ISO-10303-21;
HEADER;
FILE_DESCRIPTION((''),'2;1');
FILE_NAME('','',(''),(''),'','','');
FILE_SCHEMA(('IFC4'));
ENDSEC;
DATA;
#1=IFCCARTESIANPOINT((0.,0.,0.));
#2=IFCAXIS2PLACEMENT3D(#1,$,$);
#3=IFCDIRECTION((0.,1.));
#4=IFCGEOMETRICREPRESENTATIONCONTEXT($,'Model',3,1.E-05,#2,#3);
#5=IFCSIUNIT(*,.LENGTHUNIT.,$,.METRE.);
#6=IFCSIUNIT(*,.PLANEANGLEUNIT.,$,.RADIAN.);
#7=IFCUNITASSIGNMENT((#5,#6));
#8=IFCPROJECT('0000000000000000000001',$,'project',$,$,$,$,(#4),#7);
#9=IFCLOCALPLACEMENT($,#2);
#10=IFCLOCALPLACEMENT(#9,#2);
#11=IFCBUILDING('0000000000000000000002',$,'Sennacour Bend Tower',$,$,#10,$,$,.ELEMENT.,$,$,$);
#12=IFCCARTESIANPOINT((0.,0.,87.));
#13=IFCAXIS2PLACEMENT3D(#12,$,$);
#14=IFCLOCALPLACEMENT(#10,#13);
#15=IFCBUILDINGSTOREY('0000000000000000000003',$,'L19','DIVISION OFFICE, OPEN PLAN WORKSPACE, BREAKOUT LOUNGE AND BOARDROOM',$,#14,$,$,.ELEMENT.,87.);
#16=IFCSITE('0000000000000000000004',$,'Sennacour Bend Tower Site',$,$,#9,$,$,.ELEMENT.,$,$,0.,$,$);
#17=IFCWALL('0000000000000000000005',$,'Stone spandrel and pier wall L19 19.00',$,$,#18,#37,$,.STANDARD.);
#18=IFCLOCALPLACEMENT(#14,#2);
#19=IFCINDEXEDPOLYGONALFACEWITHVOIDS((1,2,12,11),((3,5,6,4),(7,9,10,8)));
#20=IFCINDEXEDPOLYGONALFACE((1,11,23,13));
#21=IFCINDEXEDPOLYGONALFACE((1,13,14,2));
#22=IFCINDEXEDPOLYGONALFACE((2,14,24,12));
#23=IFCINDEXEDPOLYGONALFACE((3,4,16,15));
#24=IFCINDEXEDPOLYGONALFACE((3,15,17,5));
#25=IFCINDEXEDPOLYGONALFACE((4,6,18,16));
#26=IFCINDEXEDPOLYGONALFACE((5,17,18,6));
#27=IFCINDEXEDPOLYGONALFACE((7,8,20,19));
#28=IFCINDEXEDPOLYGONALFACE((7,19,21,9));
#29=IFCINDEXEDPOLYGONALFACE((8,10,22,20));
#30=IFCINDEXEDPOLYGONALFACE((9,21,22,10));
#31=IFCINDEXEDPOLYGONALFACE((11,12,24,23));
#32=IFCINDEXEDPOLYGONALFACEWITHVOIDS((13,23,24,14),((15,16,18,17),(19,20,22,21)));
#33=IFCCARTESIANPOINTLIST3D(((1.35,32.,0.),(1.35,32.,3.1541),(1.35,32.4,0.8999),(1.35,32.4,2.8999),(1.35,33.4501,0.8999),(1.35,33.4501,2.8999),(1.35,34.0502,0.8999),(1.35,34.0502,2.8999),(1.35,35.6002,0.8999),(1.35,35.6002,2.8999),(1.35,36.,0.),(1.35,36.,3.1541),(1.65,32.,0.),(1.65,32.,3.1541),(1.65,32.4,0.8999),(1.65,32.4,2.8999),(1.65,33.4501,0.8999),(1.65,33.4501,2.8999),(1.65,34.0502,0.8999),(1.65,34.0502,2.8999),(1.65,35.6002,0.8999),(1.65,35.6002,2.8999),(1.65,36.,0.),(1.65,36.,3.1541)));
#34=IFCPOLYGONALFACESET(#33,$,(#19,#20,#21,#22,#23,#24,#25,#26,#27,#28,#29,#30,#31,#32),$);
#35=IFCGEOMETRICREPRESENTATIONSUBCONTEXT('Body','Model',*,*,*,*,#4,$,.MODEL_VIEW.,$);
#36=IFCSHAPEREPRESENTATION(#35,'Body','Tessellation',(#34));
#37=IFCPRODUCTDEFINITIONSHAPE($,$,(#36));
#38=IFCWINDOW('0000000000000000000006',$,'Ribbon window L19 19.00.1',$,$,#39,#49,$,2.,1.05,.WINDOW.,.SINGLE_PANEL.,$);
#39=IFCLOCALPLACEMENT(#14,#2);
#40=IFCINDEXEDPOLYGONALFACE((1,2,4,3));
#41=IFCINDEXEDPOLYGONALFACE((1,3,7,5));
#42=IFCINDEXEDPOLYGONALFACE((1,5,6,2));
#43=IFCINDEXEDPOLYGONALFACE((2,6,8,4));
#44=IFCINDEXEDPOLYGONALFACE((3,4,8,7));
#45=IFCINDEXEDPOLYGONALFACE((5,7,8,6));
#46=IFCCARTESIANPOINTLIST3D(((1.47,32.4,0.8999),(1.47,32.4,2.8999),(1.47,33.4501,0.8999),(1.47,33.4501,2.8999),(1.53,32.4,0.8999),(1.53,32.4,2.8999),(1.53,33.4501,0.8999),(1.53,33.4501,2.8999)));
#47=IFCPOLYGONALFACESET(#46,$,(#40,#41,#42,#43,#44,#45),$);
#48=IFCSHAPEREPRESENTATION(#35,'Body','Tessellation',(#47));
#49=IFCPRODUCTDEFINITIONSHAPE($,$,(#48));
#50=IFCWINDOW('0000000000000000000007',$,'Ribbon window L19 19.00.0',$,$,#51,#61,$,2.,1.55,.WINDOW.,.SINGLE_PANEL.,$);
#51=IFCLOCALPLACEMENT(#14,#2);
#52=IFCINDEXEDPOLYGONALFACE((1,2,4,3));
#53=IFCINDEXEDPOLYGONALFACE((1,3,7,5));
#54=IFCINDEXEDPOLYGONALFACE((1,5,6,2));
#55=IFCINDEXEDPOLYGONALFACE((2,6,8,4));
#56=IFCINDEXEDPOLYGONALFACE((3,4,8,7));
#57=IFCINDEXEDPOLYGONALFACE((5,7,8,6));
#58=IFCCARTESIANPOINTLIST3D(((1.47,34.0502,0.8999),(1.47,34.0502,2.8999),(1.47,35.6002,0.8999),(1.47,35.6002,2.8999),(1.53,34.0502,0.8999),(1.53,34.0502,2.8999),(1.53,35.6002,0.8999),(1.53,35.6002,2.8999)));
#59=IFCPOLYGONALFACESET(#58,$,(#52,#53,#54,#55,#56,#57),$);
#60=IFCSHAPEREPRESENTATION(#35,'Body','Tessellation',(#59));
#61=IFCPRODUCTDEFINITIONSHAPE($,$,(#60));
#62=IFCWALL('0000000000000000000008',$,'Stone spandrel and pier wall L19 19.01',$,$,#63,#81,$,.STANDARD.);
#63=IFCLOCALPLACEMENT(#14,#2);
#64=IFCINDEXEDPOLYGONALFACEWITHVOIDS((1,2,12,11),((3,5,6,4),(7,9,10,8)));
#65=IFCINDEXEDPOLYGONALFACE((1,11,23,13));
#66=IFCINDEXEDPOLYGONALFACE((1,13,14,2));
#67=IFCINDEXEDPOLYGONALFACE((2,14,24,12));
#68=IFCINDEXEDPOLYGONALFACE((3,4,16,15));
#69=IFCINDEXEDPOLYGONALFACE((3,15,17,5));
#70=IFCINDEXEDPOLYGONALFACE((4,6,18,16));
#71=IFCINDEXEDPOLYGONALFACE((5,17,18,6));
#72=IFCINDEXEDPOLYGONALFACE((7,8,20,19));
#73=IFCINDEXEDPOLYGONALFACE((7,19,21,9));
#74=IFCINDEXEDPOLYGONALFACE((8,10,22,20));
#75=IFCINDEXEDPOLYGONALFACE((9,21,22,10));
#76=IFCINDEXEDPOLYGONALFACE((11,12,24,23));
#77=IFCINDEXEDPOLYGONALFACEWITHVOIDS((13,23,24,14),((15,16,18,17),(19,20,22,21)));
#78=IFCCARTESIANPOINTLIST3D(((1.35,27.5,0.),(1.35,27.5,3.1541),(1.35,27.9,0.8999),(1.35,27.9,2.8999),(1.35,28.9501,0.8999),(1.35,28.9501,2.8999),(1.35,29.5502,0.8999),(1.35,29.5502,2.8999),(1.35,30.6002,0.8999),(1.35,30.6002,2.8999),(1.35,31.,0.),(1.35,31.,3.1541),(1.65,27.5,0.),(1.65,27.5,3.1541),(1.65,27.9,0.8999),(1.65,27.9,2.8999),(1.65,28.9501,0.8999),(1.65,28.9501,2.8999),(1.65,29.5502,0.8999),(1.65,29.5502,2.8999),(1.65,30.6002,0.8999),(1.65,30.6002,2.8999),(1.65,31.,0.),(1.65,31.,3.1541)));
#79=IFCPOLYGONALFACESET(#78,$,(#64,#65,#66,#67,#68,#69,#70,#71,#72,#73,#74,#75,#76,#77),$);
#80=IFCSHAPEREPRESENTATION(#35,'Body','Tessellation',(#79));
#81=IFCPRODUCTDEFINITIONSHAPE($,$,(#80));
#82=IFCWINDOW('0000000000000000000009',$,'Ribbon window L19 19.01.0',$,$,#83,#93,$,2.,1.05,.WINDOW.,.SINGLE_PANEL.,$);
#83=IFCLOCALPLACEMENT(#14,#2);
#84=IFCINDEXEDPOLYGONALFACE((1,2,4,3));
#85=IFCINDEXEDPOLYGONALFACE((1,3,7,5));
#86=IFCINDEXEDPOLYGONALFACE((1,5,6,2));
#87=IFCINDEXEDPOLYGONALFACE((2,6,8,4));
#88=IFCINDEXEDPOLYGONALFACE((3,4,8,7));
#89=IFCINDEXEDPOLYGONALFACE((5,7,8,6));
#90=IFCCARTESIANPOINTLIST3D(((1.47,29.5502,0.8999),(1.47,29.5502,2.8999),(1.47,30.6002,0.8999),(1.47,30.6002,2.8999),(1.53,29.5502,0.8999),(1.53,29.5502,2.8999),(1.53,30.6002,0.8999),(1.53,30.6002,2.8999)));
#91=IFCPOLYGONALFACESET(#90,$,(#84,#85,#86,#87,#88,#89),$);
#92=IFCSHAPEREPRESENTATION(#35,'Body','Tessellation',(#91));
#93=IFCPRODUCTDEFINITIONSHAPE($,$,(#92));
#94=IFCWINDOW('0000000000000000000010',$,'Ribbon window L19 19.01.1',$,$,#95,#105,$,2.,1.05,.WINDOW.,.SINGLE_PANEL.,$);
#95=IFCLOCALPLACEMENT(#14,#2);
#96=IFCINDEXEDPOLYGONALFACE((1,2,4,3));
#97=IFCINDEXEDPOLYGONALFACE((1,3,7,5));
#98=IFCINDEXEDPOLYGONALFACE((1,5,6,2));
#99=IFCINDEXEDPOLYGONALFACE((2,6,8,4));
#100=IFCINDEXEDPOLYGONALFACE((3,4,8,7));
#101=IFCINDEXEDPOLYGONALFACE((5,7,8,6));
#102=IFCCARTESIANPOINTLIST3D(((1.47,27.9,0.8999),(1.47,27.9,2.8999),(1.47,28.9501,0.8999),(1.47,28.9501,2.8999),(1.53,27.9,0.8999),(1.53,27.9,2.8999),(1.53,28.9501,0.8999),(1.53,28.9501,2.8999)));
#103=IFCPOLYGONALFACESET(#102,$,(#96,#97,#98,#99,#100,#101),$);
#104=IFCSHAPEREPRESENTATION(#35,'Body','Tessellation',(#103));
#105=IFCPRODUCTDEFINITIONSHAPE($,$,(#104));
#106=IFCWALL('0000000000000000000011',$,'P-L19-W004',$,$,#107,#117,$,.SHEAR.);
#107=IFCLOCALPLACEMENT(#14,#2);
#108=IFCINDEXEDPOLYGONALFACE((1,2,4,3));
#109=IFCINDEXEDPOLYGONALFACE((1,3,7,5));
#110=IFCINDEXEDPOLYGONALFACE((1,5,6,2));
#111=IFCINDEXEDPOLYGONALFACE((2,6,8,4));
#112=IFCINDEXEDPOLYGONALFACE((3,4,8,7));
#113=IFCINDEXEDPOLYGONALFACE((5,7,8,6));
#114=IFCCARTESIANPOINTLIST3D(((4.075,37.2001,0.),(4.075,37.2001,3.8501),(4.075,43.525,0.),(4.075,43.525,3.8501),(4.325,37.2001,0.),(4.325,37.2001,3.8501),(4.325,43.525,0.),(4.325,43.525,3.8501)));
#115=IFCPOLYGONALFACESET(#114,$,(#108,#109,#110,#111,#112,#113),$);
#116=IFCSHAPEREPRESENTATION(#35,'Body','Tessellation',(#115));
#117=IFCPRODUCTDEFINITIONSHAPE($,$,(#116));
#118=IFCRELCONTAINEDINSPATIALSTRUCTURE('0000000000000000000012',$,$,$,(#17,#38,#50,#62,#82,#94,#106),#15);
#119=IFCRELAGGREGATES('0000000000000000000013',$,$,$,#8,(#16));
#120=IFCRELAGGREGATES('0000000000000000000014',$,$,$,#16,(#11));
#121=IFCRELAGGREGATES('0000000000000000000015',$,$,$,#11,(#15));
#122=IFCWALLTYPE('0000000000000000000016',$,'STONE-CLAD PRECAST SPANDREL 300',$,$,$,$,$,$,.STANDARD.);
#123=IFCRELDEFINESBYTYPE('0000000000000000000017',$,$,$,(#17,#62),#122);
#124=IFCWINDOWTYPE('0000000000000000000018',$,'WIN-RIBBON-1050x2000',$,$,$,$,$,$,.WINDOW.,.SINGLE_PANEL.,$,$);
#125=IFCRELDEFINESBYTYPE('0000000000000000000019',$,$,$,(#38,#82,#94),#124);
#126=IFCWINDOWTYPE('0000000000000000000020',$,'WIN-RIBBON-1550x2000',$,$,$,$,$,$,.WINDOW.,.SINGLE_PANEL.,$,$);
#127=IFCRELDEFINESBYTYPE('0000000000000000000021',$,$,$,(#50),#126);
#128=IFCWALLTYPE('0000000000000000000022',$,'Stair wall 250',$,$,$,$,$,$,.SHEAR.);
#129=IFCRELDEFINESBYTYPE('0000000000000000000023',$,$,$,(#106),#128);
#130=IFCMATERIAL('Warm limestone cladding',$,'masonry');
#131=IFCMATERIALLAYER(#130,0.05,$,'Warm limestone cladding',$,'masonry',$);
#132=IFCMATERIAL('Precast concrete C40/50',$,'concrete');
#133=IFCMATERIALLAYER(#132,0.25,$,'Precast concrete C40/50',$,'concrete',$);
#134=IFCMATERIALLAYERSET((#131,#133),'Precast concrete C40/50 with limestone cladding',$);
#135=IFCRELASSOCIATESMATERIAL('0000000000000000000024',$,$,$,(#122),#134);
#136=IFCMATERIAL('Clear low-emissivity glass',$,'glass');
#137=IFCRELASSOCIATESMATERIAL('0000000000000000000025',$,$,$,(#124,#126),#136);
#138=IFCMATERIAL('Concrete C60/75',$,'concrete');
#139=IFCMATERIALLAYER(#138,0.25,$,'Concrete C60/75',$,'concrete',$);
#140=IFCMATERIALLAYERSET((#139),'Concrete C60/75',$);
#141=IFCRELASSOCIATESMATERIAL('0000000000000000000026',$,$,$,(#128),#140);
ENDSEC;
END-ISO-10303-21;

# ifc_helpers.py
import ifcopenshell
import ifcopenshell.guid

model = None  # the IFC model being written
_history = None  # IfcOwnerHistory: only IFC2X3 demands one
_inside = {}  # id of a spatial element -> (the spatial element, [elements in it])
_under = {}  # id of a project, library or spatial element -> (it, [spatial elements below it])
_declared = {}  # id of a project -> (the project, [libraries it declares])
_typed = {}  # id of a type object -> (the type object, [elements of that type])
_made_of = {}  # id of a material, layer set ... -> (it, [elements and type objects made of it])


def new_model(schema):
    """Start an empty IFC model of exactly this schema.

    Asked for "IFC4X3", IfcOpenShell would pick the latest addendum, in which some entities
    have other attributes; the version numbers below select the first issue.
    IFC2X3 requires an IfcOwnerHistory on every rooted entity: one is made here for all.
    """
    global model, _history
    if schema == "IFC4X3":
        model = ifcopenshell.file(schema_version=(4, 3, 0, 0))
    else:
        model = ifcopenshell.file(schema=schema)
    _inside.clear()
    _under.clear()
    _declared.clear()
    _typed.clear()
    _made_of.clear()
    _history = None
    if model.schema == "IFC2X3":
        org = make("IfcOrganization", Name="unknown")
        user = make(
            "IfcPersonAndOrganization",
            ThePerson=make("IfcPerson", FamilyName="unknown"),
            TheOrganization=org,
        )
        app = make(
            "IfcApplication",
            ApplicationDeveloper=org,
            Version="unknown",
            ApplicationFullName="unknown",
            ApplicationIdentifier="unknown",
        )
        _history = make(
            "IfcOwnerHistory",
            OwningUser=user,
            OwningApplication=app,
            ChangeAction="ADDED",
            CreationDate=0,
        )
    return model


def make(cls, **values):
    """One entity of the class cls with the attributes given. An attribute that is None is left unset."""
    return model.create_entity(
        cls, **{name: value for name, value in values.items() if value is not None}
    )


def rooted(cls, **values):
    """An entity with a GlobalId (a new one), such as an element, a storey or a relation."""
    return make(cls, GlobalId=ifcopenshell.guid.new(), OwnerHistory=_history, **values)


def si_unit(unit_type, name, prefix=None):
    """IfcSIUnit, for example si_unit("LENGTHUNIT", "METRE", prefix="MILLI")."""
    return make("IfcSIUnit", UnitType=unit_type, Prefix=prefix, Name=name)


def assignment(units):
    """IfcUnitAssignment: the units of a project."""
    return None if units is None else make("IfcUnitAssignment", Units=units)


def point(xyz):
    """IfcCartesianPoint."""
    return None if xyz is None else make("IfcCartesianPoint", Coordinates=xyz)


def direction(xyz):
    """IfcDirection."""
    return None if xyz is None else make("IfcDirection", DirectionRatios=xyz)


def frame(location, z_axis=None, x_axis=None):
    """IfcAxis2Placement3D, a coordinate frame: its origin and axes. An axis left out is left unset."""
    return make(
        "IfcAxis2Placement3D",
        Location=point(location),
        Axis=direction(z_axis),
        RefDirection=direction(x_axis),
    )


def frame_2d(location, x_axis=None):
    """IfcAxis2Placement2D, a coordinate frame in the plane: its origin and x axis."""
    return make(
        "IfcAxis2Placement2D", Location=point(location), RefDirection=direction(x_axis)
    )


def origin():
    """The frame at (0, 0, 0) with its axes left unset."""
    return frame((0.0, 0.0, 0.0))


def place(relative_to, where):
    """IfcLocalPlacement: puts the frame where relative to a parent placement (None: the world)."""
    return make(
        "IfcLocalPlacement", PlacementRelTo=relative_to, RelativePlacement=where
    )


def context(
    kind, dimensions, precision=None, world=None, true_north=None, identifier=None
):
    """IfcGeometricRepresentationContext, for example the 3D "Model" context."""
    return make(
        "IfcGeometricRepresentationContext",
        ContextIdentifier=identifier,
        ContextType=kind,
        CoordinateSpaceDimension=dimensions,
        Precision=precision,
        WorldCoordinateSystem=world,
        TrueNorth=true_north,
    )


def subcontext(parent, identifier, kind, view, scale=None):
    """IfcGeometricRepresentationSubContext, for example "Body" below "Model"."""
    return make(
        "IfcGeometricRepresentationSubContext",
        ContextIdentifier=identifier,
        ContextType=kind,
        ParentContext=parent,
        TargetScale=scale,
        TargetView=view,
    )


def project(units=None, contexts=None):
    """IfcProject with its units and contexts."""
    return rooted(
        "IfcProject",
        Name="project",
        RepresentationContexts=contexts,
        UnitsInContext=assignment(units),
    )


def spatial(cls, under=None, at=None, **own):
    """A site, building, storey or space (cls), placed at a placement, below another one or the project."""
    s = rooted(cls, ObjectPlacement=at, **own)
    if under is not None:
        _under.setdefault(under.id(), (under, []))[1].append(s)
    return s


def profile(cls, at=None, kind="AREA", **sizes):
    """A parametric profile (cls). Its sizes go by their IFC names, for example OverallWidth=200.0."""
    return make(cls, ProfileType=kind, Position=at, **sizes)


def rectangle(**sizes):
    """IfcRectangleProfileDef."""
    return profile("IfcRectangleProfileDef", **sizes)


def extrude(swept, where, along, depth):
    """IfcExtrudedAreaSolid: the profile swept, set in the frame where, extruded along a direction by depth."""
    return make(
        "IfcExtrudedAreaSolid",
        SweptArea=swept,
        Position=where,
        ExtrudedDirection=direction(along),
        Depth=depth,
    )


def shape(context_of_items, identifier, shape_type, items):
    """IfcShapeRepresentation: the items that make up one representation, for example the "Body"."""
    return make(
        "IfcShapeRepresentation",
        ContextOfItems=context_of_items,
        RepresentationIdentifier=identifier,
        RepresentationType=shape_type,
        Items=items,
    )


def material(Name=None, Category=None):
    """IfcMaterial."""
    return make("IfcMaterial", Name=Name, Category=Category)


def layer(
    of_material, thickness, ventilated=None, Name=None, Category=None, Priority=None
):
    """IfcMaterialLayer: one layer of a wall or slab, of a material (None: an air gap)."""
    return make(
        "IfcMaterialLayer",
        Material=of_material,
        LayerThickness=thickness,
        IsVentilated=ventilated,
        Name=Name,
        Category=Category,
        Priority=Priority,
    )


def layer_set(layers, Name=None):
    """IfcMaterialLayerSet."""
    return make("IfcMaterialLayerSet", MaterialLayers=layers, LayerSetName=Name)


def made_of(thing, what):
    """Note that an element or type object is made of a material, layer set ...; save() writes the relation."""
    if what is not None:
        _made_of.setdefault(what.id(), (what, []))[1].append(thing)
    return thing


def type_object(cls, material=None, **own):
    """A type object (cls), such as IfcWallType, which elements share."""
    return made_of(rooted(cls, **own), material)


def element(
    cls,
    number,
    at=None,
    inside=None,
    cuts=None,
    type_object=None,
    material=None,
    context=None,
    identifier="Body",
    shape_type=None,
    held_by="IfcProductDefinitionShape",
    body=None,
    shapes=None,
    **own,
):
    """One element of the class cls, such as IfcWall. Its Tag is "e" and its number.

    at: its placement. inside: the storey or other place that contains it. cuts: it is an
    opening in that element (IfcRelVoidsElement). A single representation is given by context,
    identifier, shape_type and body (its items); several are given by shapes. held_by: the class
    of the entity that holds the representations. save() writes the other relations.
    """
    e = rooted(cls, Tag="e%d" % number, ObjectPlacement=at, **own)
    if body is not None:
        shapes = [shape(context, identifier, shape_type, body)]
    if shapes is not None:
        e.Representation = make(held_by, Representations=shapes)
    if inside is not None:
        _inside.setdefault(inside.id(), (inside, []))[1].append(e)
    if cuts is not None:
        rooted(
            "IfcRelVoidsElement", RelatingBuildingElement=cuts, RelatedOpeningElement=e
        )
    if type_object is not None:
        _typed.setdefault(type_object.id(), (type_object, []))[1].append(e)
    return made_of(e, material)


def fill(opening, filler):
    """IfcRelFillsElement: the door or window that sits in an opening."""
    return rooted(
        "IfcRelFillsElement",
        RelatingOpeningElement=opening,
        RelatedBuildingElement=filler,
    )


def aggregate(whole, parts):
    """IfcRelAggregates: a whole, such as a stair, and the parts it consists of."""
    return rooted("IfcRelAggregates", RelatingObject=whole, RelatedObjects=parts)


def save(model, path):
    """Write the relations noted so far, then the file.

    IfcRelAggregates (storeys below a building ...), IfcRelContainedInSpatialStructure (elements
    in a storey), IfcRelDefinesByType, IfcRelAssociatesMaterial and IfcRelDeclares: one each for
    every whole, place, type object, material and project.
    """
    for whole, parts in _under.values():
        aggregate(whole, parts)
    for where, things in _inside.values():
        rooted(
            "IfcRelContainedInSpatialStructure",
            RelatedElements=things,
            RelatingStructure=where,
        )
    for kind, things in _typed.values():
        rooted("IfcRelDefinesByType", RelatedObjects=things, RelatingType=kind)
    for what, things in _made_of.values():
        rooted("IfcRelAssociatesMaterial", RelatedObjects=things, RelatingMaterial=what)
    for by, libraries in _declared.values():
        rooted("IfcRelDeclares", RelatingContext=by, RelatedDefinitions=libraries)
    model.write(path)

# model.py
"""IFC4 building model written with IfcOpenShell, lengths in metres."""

from ifc_helpers import new_model, si_unit, direction, frame, frame_2d, origin, place, context, subcontext, project, spatial, rectangle, extrude, material, layer, layer_set, type_object, element, fill, save


model = new_model("IFC4")

# Units and contexts
model_context = context("Model", 3, precision=1e-05, world=origin(), true_north=direction((0.0, 1.0)))
body_context = subcontext(model_context, "Body", "Model", "MODEL_VIEW")
ifc_project = project(units=[si_unit("LENGTHUNIT", "METRE"), si_unit("PLANEANGLEUNIT", "RADIAN")], contexts=[model_context])

# Site, building, storey
site_placement = place(None, origin())
site = spatial("IfcSite", under=ifc_project, at=site_placement, Name="Sennacour Bend Tower Site", CompositionType="ELEMENT", RefElevation=0.0)
building_placement = place(site_placement, origin())
building = spatial("IfcBuilding", under=site, at=building_placement, Name="Sennacour Bend Tower", CompositionType="ELEMENT")
storey_placement = place(building_placement, frame((0.0, 0.0, 87.0)))
storey = spatial("IfcBuildingStorey", under=building, at=storey_placement, Name="L19", Description="DIVISION OFFICE, OPEN PLAN WORKSPACE, BREAKOUT LOUNGE AND BOARDROOM", CompositionType="ELEMENT", Elevation=87.0)

# Walls, openings, windows
ifc_material_1 = material(Name="Warm limestone cladding", Category="masonry")
ifc_layer_1 = layer(ifc_material_1, 0.05, Name="Warm limestone cladding", Category="masonry")
ifc_material_2 = material(Name="Precast concrete C40/50", Category="concrete")
ifc_layer_2 = layer(ifc_material_2, 0.25, Name="Precast concrete C40/50", Category="concrete")
ifc_layer_set_1 = layer_set([ifc_layer_1, ifc_layer_2], Name="Precast concrete C40/50 with limestone cladding")
wall_type_1 = type_object("IfcWallType", Name="STONE-CLAD PRECAST SPANDREL 300", PredefinedType="STANDARD", material=ifc_layer_set_1)
wall_1_placement = place(storey_placement, frame((1.5, 36.0, 0.0), z_axis=(0.0, 0.0, 1.0), x_axis=(0.0, -1.0, 0.0)))
wall_1 = element("IfcWall", 1, at=wall_1_placement, inside=storey, type_object=wall_type_1, Name="Stone spandrel and pier wall L19 19.00", PredefinedType="STANDARD", context=body_context, shape_type="SweptSolid", body=[
    extrude(rectangle(XDim=4.0, YDim=0.3, at=frame_2d((2.0, 0.0))), origin(), (0.0, 0.0, 1.0), 3.1541),
])
opening_1_placement = place(wall_1_placement, frame((0.3999, 0.0, 0.8999)))
opening_1 = element("IfcOpeningElement", 2, at=opening_1_placement, cuts=wall_1, PredefinedType="OPENING", context=body_context, shape_type="SweptSolid", body=[
    extrude(rectangle(XDim=1.55, YDim=2.0, at=frame_2d((0.7749, 1.0))), frame((0.0, 0.1602, 0.0), z_axis=(0.0, -1.0, 0.0), x_axis=(1.0, 0.0, 0.0)), (0.0, 0.0, 1.0), 0.3201),
])
opening_2_placement = place(wall_1_placement, frame((2.55, 0.0, 0.8999)))
opening_2 = element("IfcOpeningElement", 3, at=opening_2_placement, cuts=wall_1, PredefinedType="OPENING", context=body_context, shape_type="SweptSolid", body=[
    extrude(rectangle(XDim=1.05, YDim=2.0, at=frame_2d((0.5249, 1.0))), frame((0.0, 0.1602, 0.0), z_axis=(0.0, -1.0, 0.0), x_axis=(1.0, 0.0, 0.0)), (0.0, 0.0, 1.0), 0.3201),
])
ifc_material_3 = material(Name="Clear low-emissivity glass", Category="glass")
window_type_1 = type_object("IfcWindowType", Name="WIN-RIBBON-1050x2000", PartitioningType="SINGLE_PANEL", PredefinedType="WINDOW", material=ifc_material_3)
window_1_placement = place(opening_2_placement, origin())
window_1 = element("IfcWindow", 4, at=window_1_placement, inside=storey, type_object=window_type_1, Name="Ribbon window L19 19.00.1", OverallHeight=2.0, OverallWidth=1.05, PartitioningType="SINGLE_PANEL", PredefinedType="WINDOW", context=body_context, shape_type="SweptSolid", body=[
    extrude(rectangle(XDim=1.05, YDim=2.0, at=frame_2d((0.5249, 1.0))), frame((0.0, 0.03, 0.0), z_axis=(0.0, -1.0, 0.0), x_axis=(1.0, 0.0, 0.0)), (0.0, 0.0, 1.0), 0.0601),
])
fill(opening_2, window_1)
window_type_2 = type_object("IfcWindowType", Name="WIN-RIBBON-1550x2000", PartitioningType="SINGLE_PANEL", PredefinedType="WINDOW", material=ifc_material_3)
window_2_placement = place(opening_1_placement, origin())
window_2 = element("IfcWindow", 5, at=window_2_placement, inside=storey, type_object=window_type_2, Name="Ribbon window L19 19.00.0", OverallHeight=2.0, OverallWidth=1.55, PartitioningType="SINGLE_PANEL", PredefinedType="WINDOW", context=body_context, shape_type="SweptSolid", body=[
    extrude(rectangle(XDim=1.55, YDim=2.0, at=frame_2d((0.7749, 1.0))), frame((0.0, 0.03, 0.0), z_axis=(0.0, -1.0, 0.0), x_axis=(1.0, 0.0, 0.0)), (0.0, 0.0, 1.0), 0.0601),
])
fill(opening_1, window_2)
wall_2_placement = place(storey_placement, frame((1.5, 31.0, 0.0), z_axis=(0.0, 0.0, 1.0), x_axis=(0.0, -1.0, 0.0)))
wall_2 = element("IfcWall", 6, at=wall_2_placement, inside=storey, type_object=wall_type_1, Name="Stone spandrel and pier wall L19 19.01", PredefinedType="STANDARD", context=body_context, shape_type="SweptSolid", body=[
    extrude(rectangle(XDim=3.5, YDim=0.3, at=frame_2d((1.75, 0.0))), origin(), (0.0, 0.0, 1.0), 3.1541),
])
opening_3_placement = place(wall_2_placement, frame((0.3999, 0.0, 0.8999)))
opening_3 = element("IfcOpeningElement", 7, at=opening_3_placement, cuts=wall_2, PredefinedType="OPENING", context=body_context, shape_type="SweptSolid", body=[
    extrude(rectangle(XDim=1.05, YDim=2.0, at=frame_2d((0.5249, 1.0))), frame((0.0, 0.1602, 0.0), z_axis=(0.0, -1.0, 0.0), x_axis=(1.0, 0.0, 0.0)), (0.0, 0.0, 1.0), 0.3201),
])
opening_4_placement = place(wall_2_placement, frame((2.05, 0.0, 0.8999)))
opening_4 = element("IfcOpeningElement", 8, at=opening_4_placement, cuts=wall_2, PredefinedType="OPENING", context=body_context, shape_type="SweptSolid", body=[
    extrude(rectangle(XDim=1.05, YDim=2.0, at=frame_2d((0.5249, 1.0))), frame((0.0, 0.1602, 0.0), z_axis=(0.0, -1.0, 0.0), x_axis=(1.0, 0.0, 0.0)), (0.0, 0.0, 1.0), 0.3201),
])
window_3_placement = place(opening_3_placement, origin())
window_3 = element("IfcWindow", 9, at=window_3_placement, inside=storey, type_object=window_type_1, Name="Ribbon window L19 19.01.0", OverallHeight=2.0, OverallWidth=1.05, PartitioningType="SINGLE_PANEL", PredefinedType="WINDOW", context=body_context, shape_type="SweptSolid", body=[
    extrude(rectangle(XDim=1.05, YDim=2.0, at=frame_2d((0.5249, 1.0))), frame((0.0, 0.03, 0.0), z_axis=(0.0, -1.0, 0.0), x_axis=(1.0, 0.0, 0.0)), (0.0, 0.0, 1.0), 0.0601),
])
fill(opening_3, window_3)
window_4_placement = place(opening_4_placement, origin())
window_4 = element("IfcWindow", 10, at=window_4_placement, inside=storey, type_object=window_type_1, Name="Ribbon window L19 19.01.1", OverallHeight=2.0, OverallWidth=1.05, PartitioningType="SINGLE_PANEL", PredefinedType="WINDOW", context=body_context, shape_type="SweptSolid", body=[
    extrude(rectangle(XDim=1.05, YDim=2.0, at=frame_2d((0.5249, 1.0))), frame((0.0, 0.03, 0.0), z_axis=(0.0, -1.0, 0.0), x_axis=(1.0, 0.0, 0.0)), (0.0, 0.0, 1.0), 0.0601),
])
fill(opening_4, window_4)

# Wall
ifc_material_4 = material(Name="Concrete C60/75", Category="concrete")
ifc_layer_3 = layer(ifc_material_4, 0.25, Name="Concrete C60/75", Category="concrete")
ifc_layer_set_2 = layer_set([ifc_layer_3], Name="Concrete C60/75")
wall_type_2 = type_object("IfcWallType", Name="Stair wall 250", PredefinedType="SHEAR", material=ifc_layer_set_2)
wall_3_placement = place(storey_placement, frame((4.2, 37.2, 0.0), z_axis=(0.0, 0.0, 1.0), x_axis=(0.0, 1.0, 0.0)))
element("IfcWall", 11, at=wall_3_placement, inside=storey, type_object=wall_type_2, Name="P-L19-W004", PredefinedType="SHEAR", context=body_context, shape_type="SweptSolid", body=[
    extrude(rectangle(XDim=6.325, YDim=0.25, at=frame_2d((3.1626, 0.0))), origin(), (0.0, 0.0, 1.0), 3.8501),
])

save(model, "model.ifc")
